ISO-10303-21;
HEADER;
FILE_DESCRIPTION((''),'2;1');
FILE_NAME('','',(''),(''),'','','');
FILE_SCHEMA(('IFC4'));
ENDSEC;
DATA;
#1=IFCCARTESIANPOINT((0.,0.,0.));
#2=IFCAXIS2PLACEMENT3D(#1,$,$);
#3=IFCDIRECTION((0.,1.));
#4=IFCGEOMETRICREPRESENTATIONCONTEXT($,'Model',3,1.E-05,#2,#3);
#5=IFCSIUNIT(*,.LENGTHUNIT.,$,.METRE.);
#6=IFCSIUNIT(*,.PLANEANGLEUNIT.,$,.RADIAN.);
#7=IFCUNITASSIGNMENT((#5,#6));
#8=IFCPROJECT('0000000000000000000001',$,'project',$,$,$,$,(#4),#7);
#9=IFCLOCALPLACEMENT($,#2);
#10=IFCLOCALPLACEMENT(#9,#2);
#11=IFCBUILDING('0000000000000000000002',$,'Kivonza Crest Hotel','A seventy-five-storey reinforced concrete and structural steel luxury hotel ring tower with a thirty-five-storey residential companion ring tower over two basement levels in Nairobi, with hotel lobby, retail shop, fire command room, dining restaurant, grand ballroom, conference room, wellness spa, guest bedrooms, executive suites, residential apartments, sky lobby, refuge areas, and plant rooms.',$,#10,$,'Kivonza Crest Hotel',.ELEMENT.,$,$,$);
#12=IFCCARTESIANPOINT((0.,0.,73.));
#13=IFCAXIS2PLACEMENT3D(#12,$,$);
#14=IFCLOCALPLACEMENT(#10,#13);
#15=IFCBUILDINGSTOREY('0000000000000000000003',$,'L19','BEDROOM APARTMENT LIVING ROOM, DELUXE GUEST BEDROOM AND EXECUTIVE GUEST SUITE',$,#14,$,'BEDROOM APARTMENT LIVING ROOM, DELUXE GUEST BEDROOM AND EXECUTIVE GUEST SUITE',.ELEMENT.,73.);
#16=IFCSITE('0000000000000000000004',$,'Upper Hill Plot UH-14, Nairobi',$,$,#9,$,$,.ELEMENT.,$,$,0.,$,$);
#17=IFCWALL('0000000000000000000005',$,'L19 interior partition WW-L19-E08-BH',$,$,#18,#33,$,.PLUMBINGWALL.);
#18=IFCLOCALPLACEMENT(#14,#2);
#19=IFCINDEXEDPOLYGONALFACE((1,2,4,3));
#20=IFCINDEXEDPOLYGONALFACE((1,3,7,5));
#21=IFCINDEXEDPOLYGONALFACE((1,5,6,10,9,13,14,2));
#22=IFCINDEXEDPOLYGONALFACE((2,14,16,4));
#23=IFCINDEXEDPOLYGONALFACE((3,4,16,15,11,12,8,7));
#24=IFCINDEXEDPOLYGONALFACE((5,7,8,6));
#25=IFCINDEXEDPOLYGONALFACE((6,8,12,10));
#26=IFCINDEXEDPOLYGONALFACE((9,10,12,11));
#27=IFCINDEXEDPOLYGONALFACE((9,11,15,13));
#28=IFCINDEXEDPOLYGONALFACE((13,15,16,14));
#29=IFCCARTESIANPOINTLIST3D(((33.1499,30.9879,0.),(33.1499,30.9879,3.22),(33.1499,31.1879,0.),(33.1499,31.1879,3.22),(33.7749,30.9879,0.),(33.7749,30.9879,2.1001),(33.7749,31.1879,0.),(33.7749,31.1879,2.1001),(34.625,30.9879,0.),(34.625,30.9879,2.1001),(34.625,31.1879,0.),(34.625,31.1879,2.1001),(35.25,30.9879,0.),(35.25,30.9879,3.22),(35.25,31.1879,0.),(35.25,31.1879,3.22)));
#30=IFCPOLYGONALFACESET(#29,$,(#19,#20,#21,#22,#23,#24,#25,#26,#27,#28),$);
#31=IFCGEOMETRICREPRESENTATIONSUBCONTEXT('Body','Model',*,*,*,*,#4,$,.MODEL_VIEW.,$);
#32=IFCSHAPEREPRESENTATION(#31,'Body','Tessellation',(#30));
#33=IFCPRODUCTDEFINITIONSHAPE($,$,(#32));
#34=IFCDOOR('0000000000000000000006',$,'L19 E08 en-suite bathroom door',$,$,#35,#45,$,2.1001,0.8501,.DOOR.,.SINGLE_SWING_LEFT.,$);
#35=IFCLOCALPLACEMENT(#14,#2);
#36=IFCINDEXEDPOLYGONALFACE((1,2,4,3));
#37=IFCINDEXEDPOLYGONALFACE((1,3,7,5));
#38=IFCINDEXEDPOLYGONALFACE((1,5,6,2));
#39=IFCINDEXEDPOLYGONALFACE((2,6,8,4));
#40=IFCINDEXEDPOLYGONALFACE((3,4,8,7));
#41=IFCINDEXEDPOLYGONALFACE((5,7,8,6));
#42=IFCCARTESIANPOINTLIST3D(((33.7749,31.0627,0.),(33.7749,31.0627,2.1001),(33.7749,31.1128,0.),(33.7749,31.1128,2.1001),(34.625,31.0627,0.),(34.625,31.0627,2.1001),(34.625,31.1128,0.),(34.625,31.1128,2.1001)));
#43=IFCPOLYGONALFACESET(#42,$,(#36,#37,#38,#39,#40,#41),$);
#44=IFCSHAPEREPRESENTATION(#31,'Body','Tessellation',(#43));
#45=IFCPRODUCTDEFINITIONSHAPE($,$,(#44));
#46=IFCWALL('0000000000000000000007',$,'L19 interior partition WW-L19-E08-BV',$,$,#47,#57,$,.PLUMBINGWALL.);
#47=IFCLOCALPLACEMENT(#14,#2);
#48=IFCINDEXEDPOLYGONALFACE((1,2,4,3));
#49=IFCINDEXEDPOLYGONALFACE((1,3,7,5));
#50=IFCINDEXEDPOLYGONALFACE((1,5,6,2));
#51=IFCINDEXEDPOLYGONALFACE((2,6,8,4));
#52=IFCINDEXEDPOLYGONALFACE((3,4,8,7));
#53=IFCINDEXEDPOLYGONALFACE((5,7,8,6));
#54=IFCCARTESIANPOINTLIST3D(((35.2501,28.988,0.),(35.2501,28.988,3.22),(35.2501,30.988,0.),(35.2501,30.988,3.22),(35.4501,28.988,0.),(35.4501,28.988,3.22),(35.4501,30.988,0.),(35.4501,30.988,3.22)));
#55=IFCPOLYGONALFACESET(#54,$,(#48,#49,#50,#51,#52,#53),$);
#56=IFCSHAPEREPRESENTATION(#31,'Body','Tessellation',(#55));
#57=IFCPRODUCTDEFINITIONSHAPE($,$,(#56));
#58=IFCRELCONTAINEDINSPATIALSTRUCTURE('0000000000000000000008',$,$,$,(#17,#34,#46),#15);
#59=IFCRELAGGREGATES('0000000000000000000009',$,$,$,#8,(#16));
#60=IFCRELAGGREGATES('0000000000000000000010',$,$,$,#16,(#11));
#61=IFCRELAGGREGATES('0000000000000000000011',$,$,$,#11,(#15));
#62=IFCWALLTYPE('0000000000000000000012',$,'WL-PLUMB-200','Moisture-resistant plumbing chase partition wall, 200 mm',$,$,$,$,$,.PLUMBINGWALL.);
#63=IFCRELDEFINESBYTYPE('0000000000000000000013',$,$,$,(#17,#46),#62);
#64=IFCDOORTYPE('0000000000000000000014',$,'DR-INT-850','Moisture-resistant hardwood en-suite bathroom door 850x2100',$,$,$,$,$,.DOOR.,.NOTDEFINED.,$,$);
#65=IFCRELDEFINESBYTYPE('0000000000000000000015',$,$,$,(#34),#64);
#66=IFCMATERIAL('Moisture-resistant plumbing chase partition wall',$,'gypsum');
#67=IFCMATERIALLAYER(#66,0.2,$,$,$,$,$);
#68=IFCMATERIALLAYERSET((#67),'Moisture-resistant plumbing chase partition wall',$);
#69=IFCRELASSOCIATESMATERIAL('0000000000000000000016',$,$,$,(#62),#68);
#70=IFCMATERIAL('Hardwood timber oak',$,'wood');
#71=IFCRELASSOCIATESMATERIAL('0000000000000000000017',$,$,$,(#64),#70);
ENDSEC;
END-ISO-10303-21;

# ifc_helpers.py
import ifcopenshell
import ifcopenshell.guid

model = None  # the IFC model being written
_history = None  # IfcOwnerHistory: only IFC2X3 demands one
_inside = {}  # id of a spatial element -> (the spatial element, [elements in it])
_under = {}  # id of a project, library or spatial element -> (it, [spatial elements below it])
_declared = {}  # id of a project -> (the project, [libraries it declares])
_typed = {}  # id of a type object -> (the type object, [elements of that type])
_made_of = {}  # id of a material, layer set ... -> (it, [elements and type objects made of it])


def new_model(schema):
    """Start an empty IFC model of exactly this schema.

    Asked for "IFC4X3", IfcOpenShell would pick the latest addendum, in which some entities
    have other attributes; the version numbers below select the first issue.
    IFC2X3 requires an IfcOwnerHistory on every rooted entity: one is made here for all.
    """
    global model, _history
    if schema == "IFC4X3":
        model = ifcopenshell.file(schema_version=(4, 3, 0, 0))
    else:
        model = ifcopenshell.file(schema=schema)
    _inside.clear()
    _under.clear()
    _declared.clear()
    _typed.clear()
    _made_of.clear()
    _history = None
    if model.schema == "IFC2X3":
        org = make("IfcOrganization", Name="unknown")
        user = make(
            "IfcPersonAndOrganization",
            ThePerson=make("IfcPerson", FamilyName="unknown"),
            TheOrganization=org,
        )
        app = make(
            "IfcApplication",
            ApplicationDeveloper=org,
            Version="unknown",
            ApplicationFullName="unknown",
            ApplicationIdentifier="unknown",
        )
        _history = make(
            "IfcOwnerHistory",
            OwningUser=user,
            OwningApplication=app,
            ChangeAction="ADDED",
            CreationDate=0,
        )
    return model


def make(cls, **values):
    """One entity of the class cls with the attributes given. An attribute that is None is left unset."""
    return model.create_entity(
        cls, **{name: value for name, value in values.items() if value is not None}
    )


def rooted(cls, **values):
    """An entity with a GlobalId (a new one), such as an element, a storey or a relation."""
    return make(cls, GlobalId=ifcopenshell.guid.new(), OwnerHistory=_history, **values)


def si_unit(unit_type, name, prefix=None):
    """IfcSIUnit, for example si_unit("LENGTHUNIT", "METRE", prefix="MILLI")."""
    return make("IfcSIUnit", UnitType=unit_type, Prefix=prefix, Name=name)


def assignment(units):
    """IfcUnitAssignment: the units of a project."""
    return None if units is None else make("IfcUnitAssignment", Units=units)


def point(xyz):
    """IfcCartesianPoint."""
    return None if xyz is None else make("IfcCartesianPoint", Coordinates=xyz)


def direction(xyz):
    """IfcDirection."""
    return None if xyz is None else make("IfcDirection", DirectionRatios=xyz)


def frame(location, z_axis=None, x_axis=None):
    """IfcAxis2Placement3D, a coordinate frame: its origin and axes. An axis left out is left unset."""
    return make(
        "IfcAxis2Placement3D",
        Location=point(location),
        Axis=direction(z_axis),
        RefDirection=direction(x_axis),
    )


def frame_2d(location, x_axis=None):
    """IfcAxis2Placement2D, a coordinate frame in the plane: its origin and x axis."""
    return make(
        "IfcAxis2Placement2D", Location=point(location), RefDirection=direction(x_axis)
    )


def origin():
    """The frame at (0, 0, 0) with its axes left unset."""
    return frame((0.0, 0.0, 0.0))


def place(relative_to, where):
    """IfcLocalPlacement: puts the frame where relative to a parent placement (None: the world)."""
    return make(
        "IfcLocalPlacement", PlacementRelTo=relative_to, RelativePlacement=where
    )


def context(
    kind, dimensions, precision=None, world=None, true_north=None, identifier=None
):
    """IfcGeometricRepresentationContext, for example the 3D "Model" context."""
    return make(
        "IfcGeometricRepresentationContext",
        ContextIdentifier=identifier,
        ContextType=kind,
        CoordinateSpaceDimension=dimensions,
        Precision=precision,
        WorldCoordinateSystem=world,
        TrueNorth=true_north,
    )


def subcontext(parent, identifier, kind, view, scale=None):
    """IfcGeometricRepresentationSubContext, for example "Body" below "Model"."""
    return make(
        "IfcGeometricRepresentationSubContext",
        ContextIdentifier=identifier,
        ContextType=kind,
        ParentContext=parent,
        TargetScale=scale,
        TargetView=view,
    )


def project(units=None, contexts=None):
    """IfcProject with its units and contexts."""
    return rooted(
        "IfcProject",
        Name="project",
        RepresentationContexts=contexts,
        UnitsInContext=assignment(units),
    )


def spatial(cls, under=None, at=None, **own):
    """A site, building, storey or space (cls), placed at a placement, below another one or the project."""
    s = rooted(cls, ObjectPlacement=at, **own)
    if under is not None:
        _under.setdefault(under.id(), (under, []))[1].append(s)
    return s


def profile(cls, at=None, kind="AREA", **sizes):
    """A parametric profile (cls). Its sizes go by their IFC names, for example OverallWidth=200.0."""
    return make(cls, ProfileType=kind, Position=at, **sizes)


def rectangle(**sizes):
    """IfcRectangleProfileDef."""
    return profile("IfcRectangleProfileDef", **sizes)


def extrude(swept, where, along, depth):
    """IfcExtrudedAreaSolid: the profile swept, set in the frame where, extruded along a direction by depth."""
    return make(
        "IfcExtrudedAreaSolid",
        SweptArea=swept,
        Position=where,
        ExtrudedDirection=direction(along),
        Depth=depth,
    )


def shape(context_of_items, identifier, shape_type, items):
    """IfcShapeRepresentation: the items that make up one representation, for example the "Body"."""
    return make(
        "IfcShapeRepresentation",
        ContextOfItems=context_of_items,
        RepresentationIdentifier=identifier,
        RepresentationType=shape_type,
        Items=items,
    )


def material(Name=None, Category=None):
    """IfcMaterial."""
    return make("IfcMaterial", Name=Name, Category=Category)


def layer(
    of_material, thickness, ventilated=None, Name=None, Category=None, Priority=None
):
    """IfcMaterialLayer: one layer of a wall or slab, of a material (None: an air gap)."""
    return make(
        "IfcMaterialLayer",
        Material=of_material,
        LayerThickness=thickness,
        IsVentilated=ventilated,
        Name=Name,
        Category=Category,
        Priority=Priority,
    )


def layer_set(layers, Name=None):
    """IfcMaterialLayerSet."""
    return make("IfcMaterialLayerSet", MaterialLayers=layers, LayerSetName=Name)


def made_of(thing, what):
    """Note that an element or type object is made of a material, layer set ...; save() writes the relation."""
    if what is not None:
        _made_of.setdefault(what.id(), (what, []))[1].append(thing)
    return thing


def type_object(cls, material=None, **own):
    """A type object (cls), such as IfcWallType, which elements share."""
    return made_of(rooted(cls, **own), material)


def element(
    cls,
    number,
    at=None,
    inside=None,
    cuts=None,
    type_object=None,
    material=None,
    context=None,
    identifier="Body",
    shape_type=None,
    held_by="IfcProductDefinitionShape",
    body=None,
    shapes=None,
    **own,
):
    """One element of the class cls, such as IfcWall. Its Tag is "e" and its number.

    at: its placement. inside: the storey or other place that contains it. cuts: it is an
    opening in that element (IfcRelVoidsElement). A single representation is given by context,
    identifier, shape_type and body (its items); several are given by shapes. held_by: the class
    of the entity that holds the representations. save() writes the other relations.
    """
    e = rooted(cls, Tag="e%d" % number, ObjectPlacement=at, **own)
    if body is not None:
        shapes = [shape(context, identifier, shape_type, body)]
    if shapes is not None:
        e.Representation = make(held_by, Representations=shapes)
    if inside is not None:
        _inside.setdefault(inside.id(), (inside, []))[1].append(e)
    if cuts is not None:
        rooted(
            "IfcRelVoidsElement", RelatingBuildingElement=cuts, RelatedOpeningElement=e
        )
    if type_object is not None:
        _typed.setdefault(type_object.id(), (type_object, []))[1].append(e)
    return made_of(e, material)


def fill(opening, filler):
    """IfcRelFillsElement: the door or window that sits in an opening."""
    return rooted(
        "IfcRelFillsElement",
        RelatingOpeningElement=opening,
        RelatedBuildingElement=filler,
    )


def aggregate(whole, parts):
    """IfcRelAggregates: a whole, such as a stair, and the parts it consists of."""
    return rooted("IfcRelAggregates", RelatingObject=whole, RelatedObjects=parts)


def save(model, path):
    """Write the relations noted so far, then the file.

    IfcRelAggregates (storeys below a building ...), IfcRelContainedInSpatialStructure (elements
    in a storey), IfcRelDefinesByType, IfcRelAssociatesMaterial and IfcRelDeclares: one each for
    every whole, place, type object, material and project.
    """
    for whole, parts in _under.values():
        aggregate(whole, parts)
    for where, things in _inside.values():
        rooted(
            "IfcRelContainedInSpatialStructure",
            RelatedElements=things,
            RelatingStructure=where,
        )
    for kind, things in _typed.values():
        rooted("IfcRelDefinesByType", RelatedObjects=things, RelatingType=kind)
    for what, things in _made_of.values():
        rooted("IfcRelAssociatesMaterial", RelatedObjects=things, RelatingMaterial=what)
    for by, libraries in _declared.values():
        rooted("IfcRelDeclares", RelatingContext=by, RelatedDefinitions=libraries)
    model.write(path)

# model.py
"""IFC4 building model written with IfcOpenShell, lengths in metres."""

from ifc_helpers import new_model, si_unit, direction, frame, frame_2d, origin, place, context, subcontext, project, spatial, rectangle, extrude, material, layer, layer_set, type_object, element, fill, save


model = new_model("IFC4")

# Units and contexts
model_context = context("Model", 3, precision=1e-05, world=origin(), true_north=direction((0.0, 1.0)))
body_context = subcontext(model_context, "Body", "Model", "MODEL_VIEW")
ifc_project = project(units=[si_unit("LENGTHUNIT", "METRE"), si_unit("PLANEANGLEUNIT", "RADIAN")], contexts=[model_context])

# Site, building, storey
site_placement = place(None, origin())
site = spatial("IfcSite", under=ifc_project, at=site_placement, Name="Upper Hill Plot UH-14, Nairobi", CompositionType="ELEMENT", RefElevation=0.0)
building_placement = place(site_placement, origin())
building = spatial("IfcBuilding", under=site, at=building_placement, Name="Kivonza Crest Hotel", Description="A seventy-five-storey reinforced concrete and structural steel luxury hotel ring tower with a thirty-five-storey residential companion ring tower over two basement levels in Nairobi, with hotel lobby, retail shop, fire command room, dining restaurant, grand ballroom, conference room, wellness spa, guest bedrooms, executive suites, residential apartments, sky lobby, refuge areas, and plant rooms.", LongName="Kivonza Crest Hotel", CompositionType="ELEMENT")
storey_placement = place(building_placement, frame((0.0, 0.0, 73.0)))
storey = spatial("IfcBuildingStorey", under=building, at=storey_placement, Name="L19", Description="BEDROOM APARTMENT LIVING ROOM, DELUXE GUEST BEDROOM AND EXECUTIVE GUEST SUITE", LongName="BEDROOM APARTMENT LIVING ROOM, DELUXE GUEST BEDROOM AND EXECUTIVE GUEST SUITE", CompositionType="ELEMENT", Elevation=73.0)

# Shared definitions
ifc_material_1 = material(Name="Hardwood timber oak", Category="wood")

# Shared definitions
ifc_material_2 = material(Name="Moisture-resistant plumbing chase partition wall", Category="gypsum")
ifc_layer_1 = layer(ifc_material_2, 0.2)
ifc_layer_set_1 = layer_set([ifc_layer_1], Name="Moisture-resistant plumbing chase partition wall")
wall_type_1 = type_object("IfcWallType", Name="WL-PLUMB-200", Description="Moisture-resistant plumbing chase partition wall, 200 mm", PredefinedType="PLUMBINGWALL", material=ifc_layer_set_1)
door_type_1 = type_object("IfcDoorType", Name="DR-INT-850", Description="Moisture-resistant hardwood en-suite bathroom door 850x2100", OperationType="NOTDEFINED", PredefinedType="DOOR", material=ifc_material_1)

# Wall, opening, door
wall_1_placement = place(storey_placement, frame((33.1499, 31.0879, 0.0), z_axis=(0.0, 0.0, 1.0), x_axis=(1.0, 0.0, 0.0)))
wall_1 = element("IfcWall", 1, at=wall_1_placement, inside=storey, type_object=wall_type_1, Name="L19 interior partition WW-L19-E08-BH", PredefinedType="PLUMBINGWALL", context=body_context, shape_type="SweptSolid", body=[
    extrude(rectangle(XDim=2.1001, YDim=0.2, at=frame_2d((1.05, 0.0))), origin(), (0.0, 0.0, 1.0), 3.22),
])
opening_1_placement = place(wall_1_placement, frame((0.625, 0.0, 0.0)))
opening_1 = element("IfcOpeningElement", 2, at=opening_1_placement, cuts=wall_1, PredefinedType="OPENING", context=body_context, shape_type="SweptSolid", body=[
    extrude(rectangle(XDim=0.8501, YDim=2.1001, at=frame_2d((0.425, 1.05))), frame((0.0, 0.1099, 0.0), z_axis=(0.0, -1.0, 0.0), x_axis=(1.0, 0.0, 0.0)), (0.0, 0.0, 1.0), 0.22),
])
door_1_placement = place(opening_1_placement, origin())
door_1 = element("IfcDoor", 3, at=door_1_placement, inside=storey, type_object=door_type_1, Name="L19 E08 en-suite bathroom door", OperationType="SINGLE_SWING_LEFT", OverallHeight=2.1001, OverallWidth=0.8501, PredefinedType="DOOR", context=body_context, shape_type="SweptSolid", body=[
    extrude(rectangle(XDim=0.8501, YDim=2.1001, at=frame_2d((0.425, 1.05))), frame((0.0, 0.0249, 0.0), z_axis=(0.0, -1.0, 0.0), x_axis=(1.0, 0.0, 0.0)), (0.0, 0.0, 1.0), 0.05),
])
fill(opening_1, door_1)

# Wall
wall_2_placement = place(storey_placement, frame((35.3501, 28.988, 0.0), z_axis=(0.0, 0.0, 1.0), x_axis=(0.0, 1.0, 0.0)))
element("IfcWall", 4, at=wall_2_placement, inside=storey, type_object=wall_type_1, Name="L19 interior partition WW-L19-E08-BV", PredefinedType="PLUMBINGWALL", context=body_context, shape_type="SweptSolid", body=[
    extrude(rectangle(XDim=2.0, YDim=0.2, at=frame_2d((1.0, 0.0))), origin(), (0.0, 0.0, 1.0), 3.22),
])

save(model, "model.ifc")
